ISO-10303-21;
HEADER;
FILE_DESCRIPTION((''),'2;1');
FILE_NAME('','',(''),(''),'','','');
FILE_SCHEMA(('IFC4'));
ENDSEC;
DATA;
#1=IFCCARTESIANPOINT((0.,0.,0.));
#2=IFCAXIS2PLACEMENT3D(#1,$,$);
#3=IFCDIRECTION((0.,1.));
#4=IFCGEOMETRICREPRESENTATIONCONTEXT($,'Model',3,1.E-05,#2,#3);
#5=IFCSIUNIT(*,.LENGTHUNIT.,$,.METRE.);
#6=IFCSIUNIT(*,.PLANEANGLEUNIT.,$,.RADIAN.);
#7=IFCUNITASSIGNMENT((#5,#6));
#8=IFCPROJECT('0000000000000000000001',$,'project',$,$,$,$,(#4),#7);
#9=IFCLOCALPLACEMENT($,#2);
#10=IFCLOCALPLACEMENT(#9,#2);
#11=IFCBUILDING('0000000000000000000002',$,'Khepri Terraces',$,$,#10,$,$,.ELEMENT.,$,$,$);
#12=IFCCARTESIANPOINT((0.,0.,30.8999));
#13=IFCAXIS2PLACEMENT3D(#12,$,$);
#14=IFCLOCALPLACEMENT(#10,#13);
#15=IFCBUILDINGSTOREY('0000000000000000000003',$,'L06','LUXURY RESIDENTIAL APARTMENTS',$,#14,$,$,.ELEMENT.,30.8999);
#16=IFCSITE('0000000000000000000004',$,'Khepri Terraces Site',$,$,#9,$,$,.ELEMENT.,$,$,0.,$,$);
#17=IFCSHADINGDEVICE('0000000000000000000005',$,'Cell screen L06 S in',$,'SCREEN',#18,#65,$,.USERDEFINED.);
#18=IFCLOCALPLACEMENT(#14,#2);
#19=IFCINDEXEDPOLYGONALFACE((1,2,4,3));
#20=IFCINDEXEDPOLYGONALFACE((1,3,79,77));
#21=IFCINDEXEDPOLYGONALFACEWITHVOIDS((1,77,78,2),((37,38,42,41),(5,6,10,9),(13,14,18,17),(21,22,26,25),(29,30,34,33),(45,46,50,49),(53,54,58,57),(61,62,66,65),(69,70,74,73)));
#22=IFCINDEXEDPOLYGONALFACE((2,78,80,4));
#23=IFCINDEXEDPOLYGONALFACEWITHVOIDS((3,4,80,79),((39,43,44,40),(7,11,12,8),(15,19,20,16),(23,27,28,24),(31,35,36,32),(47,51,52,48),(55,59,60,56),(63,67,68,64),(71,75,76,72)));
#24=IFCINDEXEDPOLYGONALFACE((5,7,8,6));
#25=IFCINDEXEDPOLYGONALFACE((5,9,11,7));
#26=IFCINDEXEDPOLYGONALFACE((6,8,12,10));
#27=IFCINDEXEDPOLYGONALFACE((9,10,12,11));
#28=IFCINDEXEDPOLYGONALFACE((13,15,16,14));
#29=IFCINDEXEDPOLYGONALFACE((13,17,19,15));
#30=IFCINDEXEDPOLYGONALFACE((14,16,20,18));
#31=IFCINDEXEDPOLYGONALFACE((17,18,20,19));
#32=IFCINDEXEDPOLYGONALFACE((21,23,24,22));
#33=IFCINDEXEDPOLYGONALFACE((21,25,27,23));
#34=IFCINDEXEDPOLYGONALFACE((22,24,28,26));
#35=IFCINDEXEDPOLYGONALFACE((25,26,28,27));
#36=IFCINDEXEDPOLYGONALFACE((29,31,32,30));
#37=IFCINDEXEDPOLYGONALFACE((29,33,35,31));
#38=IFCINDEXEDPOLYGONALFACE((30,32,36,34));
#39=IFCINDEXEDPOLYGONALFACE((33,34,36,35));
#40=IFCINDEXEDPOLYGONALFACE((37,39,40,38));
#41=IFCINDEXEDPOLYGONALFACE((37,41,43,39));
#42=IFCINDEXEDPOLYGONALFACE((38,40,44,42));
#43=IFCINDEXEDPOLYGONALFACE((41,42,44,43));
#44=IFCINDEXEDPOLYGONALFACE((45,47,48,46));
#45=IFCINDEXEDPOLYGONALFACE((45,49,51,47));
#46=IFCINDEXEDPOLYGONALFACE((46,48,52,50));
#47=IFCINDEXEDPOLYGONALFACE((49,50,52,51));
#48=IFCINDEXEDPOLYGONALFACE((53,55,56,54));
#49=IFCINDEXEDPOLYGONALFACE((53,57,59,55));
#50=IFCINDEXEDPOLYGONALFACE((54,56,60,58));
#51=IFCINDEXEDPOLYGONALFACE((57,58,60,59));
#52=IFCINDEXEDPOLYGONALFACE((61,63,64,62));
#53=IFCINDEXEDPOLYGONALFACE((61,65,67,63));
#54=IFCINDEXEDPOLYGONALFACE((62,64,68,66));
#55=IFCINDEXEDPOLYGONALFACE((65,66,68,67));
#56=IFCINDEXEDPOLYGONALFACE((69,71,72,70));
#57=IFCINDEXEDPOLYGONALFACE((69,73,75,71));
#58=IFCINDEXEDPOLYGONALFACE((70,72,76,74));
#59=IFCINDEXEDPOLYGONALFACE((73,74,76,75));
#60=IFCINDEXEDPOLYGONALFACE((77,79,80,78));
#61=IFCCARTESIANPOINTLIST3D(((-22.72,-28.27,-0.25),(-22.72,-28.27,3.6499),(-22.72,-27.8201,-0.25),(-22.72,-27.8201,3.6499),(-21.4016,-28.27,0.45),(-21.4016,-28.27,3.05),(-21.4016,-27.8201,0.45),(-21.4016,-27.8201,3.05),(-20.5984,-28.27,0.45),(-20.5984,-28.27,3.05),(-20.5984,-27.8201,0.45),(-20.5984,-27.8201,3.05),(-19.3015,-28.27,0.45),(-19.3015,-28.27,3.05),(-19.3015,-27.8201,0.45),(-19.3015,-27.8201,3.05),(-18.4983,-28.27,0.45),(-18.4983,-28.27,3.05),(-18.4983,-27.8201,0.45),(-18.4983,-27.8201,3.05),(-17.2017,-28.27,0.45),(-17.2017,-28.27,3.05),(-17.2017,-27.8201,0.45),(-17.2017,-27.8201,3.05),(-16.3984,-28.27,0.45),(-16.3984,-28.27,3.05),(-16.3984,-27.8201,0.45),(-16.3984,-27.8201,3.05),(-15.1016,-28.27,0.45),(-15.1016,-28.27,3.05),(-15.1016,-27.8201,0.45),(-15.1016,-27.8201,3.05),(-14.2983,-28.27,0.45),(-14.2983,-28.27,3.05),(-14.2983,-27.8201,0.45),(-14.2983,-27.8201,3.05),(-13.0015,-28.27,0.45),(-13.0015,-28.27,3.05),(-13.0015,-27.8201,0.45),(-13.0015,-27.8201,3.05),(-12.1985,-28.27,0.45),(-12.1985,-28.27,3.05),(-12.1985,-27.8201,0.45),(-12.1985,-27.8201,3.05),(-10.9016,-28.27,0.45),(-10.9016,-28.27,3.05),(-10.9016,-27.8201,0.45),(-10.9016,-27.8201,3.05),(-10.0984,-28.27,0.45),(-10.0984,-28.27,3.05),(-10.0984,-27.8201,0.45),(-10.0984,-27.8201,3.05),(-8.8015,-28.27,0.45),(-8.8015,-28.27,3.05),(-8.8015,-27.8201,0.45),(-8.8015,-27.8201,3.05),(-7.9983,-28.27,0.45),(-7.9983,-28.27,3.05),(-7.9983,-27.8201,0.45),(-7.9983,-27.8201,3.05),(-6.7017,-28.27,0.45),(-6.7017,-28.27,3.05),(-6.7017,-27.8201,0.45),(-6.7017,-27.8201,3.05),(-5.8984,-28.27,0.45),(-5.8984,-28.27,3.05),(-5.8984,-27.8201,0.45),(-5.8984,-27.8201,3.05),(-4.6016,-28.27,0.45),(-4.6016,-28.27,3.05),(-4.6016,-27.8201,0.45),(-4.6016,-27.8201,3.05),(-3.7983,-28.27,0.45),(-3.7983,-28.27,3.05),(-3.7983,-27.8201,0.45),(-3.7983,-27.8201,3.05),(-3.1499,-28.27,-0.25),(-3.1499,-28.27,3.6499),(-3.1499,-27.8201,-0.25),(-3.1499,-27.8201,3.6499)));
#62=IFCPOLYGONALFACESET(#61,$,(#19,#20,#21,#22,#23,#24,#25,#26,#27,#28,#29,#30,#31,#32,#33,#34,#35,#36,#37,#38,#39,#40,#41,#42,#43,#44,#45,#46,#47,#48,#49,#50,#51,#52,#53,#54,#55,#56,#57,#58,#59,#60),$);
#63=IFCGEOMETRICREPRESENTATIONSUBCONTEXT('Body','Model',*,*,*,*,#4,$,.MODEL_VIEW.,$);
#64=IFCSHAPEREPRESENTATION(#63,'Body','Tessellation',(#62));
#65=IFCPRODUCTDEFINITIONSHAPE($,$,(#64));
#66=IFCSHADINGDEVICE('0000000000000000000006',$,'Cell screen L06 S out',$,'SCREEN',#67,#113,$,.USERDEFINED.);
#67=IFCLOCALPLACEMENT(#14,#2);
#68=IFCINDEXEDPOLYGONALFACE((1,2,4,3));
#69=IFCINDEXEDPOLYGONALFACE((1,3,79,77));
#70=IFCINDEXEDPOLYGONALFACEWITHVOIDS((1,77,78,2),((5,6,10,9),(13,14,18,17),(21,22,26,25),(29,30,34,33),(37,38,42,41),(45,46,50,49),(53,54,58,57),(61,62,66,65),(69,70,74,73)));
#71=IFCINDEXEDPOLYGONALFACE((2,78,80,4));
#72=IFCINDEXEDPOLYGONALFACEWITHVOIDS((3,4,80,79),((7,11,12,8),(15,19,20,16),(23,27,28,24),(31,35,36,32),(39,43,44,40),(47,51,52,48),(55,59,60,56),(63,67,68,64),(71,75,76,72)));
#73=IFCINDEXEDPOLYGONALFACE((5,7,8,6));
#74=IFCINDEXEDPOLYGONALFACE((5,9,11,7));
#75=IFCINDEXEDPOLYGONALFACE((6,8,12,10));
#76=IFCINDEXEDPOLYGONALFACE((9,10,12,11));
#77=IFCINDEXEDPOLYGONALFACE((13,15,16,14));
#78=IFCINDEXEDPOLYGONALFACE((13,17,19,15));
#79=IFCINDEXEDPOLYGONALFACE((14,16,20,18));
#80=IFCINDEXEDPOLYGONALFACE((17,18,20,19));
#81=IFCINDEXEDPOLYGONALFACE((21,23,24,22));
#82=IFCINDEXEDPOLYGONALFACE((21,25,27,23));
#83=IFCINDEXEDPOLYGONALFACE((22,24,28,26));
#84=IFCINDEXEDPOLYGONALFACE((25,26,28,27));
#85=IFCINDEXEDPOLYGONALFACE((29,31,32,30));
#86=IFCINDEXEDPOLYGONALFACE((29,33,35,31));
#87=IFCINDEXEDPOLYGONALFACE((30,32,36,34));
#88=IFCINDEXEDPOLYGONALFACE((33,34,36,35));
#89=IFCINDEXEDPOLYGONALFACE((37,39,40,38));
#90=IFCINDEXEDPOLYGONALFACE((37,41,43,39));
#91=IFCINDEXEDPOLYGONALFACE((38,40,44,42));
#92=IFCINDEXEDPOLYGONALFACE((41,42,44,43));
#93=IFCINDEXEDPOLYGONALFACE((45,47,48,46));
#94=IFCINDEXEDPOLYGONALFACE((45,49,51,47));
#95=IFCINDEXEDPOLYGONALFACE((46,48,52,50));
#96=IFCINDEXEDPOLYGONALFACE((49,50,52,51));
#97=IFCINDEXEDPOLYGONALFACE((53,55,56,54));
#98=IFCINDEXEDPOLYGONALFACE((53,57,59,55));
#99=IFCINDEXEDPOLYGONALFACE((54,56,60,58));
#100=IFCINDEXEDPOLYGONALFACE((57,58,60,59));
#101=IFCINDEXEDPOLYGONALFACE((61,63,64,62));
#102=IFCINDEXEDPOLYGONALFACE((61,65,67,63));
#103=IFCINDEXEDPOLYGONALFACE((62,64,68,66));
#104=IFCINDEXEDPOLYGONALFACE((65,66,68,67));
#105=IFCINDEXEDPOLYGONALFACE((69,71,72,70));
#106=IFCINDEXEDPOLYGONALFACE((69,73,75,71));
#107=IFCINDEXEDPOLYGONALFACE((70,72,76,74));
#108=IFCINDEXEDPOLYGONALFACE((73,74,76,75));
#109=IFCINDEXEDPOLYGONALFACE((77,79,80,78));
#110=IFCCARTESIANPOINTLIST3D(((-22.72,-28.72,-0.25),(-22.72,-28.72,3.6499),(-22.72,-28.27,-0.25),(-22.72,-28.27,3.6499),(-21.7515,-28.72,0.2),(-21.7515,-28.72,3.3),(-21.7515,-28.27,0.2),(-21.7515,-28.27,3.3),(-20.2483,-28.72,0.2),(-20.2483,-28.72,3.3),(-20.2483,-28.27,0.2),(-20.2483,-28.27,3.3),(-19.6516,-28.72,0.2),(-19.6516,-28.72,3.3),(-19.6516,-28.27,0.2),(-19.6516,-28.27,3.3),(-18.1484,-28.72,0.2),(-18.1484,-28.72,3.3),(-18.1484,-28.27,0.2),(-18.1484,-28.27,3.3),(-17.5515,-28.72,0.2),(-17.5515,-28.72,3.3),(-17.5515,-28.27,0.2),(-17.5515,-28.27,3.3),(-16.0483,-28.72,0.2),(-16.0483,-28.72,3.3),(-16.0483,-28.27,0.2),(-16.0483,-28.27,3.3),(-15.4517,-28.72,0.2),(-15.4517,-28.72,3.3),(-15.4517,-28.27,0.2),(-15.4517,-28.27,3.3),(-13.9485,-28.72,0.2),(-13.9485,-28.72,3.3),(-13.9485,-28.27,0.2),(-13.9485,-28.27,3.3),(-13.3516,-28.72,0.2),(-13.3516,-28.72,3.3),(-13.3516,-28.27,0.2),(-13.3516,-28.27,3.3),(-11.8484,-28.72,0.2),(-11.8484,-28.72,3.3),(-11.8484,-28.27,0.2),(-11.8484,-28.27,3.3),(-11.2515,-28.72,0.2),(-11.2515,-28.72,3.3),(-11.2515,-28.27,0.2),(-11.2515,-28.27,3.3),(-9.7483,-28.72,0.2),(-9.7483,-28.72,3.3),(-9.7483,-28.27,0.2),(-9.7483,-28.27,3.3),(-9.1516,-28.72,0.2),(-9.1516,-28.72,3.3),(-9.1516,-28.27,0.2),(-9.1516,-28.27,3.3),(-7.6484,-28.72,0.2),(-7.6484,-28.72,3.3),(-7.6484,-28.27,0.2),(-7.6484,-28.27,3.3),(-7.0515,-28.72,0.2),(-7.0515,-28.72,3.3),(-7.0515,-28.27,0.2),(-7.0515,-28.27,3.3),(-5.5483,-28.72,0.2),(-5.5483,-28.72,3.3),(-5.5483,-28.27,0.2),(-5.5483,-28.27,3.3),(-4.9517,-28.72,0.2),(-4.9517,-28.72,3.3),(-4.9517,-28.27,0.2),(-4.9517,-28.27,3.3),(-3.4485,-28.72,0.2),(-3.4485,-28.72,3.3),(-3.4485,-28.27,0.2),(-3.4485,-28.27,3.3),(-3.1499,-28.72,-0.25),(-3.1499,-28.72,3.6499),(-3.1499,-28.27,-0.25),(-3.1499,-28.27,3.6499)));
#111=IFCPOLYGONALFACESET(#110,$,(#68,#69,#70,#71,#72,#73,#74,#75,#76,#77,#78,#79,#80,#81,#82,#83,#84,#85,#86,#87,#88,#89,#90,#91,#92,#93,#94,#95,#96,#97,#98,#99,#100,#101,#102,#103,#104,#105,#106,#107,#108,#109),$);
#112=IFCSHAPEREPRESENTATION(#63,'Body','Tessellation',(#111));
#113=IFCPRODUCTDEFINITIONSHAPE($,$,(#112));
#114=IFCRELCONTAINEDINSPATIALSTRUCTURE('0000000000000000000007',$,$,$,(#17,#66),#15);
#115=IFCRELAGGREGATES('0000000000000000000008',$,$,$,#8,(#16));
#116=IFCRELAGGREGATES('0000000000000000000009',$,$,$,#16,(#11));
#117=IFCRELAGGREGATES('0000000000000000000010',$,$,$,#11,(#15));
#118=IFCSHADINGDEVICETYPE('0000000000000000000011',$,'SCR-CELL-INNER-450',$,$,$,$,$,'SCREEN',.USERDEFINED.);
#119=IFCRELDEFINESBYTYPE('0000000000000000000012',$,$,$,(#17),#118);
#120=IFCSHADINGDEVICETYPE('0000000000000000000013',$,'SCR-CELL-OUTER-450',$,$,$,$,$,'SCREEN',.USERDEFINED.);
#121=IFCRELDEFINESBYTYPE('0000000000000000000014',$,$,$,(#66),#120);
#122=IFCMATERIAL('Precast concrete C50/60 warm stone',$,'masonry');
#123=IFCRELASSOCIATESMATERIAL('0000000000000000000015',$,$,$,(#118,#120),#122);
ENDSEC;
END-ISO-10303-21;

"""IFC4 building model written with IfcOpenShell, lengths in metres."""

from ifc_helpers import new_model, si_unit, direction, frame, origin, place, context, subcontext, project, spatial, polyline, outline, extrude, material, type_object, element, save


model = new_model("IFC4")

# Units and contexts
model_context = context("Model", 3, precision=1e-05, world=origin(), true_north=direction((0.0, 1.0)))
body_context = subcontext(model_context, "Body", "Model", "MODEL_VIEW")
ifc_project = project(units=[si_unit("LENGTHUNIT", "METRE"), si_unit("PLANEANGLEUNIT", "RADIAN")], contexts=[model_context])

# Site, building, storey
site_placement = place(None, origin())
site = spatial("IfcSite", under=ifc_project, at=site_placement, Name="Khepri Terraces Site", CompositionType="ELEMENT", RefElevation=0.0)
building_placement = place(site_placement, origin())
building = spatial("IfcBuilding", under=site, at=building_placement, Name="Khepri Terraces", CompositionType="ELEMENT")
storey_placement = place(building_placement, frame((0.0, 0.0, 30.8999)))
storey = spatial("IfcBuildingStorey", under=building, at=storey_placement, Name="L06", Description="LUXURY RESIDENTIAL APARTMENTS", CompositionType="ELEMENT", Elevation=30.8999)

# Shared definitions
ifc_material_1 = material(Name="Precast concrete C50/60 warm stone", Category="masonry")

# Shading devices
shading_device_type_1 = type_object("IfcShadingDeviceType", Name="SCR-CELL-INNER-450", ElementType="SCREEN", PredefinedType="USERDEFINED", material=ifc_material_1)
shading_device_1_placement = place(storey_placement, frame((-22.72, -27.8201, -0.25), z_axis=(0.0, -1.0, 0.0), x_axis=(1.0, 0.0, 0.0)))
element("IfcShadingDevice", 1, at=shading_device_1_placement, inside=storey, type_object=shading_device_type_1, Name="Cell screen L06 S in", ObjectType="SCREEN", PredefinedType="USERDEFINED", context=body_context, shape_type="SweptSolid", body=[
    extrude(outline(polyline([(0.0, 0.0), (19.5701, 0.0), (19.5701, 3.8999), (0.0, 3.8999), (0.0, 0.0)]), holes=[polyline([(1.3184, 0.7), (2.1216, 0.7), (2.1216, 3.3), (1.3184, 3.3), (1.3184, 0.7)]), polyline([(3.4185, 0.7), (4.2217, 0.7), (4.2217, 3.3), (3.4185, 3.3), (3.4185, 0.7)]), polyline([(5.5183, 0.7), (6.3215, 0.7), (6.3215, 3.3), (5.5183, 3.3), (5.5183, 0.7)]), polyline([(7.6184, 0.7), (8.4216, 0.7), (8.4216, 3.3), (7.6184, 3.3), (7.6184, 0.7)]), polyline([(9.7185, 0.7), (10.5215, 0.7), (10.5215, 3.3), (9.7185, 3.3), (9.7185, 0.7)]), polyline([(11.8184, 0.7), (12.6216, 0.7), (12.6216, 3.3), (11.8184, 3.3), (11.8184, 0.7)]), polyline([(13.9185, 0.7), (14.7217, 0.7), (14.7217, 3.3), (13.9185, 3.3), (13.9185, 0.7)]), polyline([(16.0183, 0.7), (16.8215, 0.7), (16.8215, 3.3), (16.0183, 3.3), (16.0183, 0.7)]), polyline([(18.1184, 0.7), (18.9216, 0.7), (18.9216, 3.3), (18.1184, 3.3), (18.1184, 0.7)])]), origin(), (0.0, 0.0, 1.0), 0.45),
])
shading_device_type_2 = type_object("IfcShadingDeviceType", Name="SCR-CELL-OUTER-450", ElementType="SCREEN", PredefinedType="USERDEFINED", material=ifc_material_1)
shading_device_2_placement = place(storey_placement, frame((-22.72, -28.27, -0.25), z_axis=(0.0, -1.0, 0.0), x_axis=(1.0, 0.0, 0.0)))
element("IfcShadingDevice", 2, at=shading_device_2_placement, inside=storey, type_object=shading_device_type_2, Name="Cell screen L06 S out", ObjectType="SCREEN", PredefinedType="USERDEFINED", context=body_context, shape_type="SweptSolid", body=[
    extrude(outline(polyline([(0.0, 0.0), (19.5701, 0.0), (19.5701, 3.8999), (0.0, 3.8999), (0.0, 0.0)]), holes=[polyline([(0.9685, 0.45), (2.4717, 0.45), (2.4717, 3.55), (0.9685, 3.55), (0.9685, 0.45)]), polyline([(3.0684, 0.45), (4.5715, 0.45), (4.5715, 3.55), (3.0684, 3.55), (3.0684, 0.45)]), polyline([(5.1685, 0.45), (6.6716, 0.45), (6.6716, 3.55), (5.1685, 3.55), (5.1685, 0.45)]), polyline([(7.2683, 0.45), (8.7715, 0.45), (8.7715, 3.55), (7.2683, 3.55), (7.2683, 0.45)]), polyline([(9.3684, 0.45), (10.8716, 0.45), (10.8716, 3.55), (9.3684, 3.55), (9.3684, 0.45)]), polyline([(11.4685, 0.45), (12.9717, 0.45), (12.9717, 3.55), (11.4685, 3.55), (11.4685, 0.45)]), polyline([(13.5684, 0.45), (15.0715, 0.45), (15.0715, 3.55), (13.5684, 3.55), (13.5684, 0.45)]), polyline([(15.6685, 0.45), (17.1716, 0.45), (17.1716, 3.55), (15.6685, 3.55), (15.6685, 0.45)]), polyline([(17.7683, 0.45), (19.2715, 0.45), (19.2715, 3.55), (17.7683, 3.55), (17.7683, 0.45)])]), origin(), (0.0, 0.0, 1.0), 0.45),
])

save(model, "model.ifc")
